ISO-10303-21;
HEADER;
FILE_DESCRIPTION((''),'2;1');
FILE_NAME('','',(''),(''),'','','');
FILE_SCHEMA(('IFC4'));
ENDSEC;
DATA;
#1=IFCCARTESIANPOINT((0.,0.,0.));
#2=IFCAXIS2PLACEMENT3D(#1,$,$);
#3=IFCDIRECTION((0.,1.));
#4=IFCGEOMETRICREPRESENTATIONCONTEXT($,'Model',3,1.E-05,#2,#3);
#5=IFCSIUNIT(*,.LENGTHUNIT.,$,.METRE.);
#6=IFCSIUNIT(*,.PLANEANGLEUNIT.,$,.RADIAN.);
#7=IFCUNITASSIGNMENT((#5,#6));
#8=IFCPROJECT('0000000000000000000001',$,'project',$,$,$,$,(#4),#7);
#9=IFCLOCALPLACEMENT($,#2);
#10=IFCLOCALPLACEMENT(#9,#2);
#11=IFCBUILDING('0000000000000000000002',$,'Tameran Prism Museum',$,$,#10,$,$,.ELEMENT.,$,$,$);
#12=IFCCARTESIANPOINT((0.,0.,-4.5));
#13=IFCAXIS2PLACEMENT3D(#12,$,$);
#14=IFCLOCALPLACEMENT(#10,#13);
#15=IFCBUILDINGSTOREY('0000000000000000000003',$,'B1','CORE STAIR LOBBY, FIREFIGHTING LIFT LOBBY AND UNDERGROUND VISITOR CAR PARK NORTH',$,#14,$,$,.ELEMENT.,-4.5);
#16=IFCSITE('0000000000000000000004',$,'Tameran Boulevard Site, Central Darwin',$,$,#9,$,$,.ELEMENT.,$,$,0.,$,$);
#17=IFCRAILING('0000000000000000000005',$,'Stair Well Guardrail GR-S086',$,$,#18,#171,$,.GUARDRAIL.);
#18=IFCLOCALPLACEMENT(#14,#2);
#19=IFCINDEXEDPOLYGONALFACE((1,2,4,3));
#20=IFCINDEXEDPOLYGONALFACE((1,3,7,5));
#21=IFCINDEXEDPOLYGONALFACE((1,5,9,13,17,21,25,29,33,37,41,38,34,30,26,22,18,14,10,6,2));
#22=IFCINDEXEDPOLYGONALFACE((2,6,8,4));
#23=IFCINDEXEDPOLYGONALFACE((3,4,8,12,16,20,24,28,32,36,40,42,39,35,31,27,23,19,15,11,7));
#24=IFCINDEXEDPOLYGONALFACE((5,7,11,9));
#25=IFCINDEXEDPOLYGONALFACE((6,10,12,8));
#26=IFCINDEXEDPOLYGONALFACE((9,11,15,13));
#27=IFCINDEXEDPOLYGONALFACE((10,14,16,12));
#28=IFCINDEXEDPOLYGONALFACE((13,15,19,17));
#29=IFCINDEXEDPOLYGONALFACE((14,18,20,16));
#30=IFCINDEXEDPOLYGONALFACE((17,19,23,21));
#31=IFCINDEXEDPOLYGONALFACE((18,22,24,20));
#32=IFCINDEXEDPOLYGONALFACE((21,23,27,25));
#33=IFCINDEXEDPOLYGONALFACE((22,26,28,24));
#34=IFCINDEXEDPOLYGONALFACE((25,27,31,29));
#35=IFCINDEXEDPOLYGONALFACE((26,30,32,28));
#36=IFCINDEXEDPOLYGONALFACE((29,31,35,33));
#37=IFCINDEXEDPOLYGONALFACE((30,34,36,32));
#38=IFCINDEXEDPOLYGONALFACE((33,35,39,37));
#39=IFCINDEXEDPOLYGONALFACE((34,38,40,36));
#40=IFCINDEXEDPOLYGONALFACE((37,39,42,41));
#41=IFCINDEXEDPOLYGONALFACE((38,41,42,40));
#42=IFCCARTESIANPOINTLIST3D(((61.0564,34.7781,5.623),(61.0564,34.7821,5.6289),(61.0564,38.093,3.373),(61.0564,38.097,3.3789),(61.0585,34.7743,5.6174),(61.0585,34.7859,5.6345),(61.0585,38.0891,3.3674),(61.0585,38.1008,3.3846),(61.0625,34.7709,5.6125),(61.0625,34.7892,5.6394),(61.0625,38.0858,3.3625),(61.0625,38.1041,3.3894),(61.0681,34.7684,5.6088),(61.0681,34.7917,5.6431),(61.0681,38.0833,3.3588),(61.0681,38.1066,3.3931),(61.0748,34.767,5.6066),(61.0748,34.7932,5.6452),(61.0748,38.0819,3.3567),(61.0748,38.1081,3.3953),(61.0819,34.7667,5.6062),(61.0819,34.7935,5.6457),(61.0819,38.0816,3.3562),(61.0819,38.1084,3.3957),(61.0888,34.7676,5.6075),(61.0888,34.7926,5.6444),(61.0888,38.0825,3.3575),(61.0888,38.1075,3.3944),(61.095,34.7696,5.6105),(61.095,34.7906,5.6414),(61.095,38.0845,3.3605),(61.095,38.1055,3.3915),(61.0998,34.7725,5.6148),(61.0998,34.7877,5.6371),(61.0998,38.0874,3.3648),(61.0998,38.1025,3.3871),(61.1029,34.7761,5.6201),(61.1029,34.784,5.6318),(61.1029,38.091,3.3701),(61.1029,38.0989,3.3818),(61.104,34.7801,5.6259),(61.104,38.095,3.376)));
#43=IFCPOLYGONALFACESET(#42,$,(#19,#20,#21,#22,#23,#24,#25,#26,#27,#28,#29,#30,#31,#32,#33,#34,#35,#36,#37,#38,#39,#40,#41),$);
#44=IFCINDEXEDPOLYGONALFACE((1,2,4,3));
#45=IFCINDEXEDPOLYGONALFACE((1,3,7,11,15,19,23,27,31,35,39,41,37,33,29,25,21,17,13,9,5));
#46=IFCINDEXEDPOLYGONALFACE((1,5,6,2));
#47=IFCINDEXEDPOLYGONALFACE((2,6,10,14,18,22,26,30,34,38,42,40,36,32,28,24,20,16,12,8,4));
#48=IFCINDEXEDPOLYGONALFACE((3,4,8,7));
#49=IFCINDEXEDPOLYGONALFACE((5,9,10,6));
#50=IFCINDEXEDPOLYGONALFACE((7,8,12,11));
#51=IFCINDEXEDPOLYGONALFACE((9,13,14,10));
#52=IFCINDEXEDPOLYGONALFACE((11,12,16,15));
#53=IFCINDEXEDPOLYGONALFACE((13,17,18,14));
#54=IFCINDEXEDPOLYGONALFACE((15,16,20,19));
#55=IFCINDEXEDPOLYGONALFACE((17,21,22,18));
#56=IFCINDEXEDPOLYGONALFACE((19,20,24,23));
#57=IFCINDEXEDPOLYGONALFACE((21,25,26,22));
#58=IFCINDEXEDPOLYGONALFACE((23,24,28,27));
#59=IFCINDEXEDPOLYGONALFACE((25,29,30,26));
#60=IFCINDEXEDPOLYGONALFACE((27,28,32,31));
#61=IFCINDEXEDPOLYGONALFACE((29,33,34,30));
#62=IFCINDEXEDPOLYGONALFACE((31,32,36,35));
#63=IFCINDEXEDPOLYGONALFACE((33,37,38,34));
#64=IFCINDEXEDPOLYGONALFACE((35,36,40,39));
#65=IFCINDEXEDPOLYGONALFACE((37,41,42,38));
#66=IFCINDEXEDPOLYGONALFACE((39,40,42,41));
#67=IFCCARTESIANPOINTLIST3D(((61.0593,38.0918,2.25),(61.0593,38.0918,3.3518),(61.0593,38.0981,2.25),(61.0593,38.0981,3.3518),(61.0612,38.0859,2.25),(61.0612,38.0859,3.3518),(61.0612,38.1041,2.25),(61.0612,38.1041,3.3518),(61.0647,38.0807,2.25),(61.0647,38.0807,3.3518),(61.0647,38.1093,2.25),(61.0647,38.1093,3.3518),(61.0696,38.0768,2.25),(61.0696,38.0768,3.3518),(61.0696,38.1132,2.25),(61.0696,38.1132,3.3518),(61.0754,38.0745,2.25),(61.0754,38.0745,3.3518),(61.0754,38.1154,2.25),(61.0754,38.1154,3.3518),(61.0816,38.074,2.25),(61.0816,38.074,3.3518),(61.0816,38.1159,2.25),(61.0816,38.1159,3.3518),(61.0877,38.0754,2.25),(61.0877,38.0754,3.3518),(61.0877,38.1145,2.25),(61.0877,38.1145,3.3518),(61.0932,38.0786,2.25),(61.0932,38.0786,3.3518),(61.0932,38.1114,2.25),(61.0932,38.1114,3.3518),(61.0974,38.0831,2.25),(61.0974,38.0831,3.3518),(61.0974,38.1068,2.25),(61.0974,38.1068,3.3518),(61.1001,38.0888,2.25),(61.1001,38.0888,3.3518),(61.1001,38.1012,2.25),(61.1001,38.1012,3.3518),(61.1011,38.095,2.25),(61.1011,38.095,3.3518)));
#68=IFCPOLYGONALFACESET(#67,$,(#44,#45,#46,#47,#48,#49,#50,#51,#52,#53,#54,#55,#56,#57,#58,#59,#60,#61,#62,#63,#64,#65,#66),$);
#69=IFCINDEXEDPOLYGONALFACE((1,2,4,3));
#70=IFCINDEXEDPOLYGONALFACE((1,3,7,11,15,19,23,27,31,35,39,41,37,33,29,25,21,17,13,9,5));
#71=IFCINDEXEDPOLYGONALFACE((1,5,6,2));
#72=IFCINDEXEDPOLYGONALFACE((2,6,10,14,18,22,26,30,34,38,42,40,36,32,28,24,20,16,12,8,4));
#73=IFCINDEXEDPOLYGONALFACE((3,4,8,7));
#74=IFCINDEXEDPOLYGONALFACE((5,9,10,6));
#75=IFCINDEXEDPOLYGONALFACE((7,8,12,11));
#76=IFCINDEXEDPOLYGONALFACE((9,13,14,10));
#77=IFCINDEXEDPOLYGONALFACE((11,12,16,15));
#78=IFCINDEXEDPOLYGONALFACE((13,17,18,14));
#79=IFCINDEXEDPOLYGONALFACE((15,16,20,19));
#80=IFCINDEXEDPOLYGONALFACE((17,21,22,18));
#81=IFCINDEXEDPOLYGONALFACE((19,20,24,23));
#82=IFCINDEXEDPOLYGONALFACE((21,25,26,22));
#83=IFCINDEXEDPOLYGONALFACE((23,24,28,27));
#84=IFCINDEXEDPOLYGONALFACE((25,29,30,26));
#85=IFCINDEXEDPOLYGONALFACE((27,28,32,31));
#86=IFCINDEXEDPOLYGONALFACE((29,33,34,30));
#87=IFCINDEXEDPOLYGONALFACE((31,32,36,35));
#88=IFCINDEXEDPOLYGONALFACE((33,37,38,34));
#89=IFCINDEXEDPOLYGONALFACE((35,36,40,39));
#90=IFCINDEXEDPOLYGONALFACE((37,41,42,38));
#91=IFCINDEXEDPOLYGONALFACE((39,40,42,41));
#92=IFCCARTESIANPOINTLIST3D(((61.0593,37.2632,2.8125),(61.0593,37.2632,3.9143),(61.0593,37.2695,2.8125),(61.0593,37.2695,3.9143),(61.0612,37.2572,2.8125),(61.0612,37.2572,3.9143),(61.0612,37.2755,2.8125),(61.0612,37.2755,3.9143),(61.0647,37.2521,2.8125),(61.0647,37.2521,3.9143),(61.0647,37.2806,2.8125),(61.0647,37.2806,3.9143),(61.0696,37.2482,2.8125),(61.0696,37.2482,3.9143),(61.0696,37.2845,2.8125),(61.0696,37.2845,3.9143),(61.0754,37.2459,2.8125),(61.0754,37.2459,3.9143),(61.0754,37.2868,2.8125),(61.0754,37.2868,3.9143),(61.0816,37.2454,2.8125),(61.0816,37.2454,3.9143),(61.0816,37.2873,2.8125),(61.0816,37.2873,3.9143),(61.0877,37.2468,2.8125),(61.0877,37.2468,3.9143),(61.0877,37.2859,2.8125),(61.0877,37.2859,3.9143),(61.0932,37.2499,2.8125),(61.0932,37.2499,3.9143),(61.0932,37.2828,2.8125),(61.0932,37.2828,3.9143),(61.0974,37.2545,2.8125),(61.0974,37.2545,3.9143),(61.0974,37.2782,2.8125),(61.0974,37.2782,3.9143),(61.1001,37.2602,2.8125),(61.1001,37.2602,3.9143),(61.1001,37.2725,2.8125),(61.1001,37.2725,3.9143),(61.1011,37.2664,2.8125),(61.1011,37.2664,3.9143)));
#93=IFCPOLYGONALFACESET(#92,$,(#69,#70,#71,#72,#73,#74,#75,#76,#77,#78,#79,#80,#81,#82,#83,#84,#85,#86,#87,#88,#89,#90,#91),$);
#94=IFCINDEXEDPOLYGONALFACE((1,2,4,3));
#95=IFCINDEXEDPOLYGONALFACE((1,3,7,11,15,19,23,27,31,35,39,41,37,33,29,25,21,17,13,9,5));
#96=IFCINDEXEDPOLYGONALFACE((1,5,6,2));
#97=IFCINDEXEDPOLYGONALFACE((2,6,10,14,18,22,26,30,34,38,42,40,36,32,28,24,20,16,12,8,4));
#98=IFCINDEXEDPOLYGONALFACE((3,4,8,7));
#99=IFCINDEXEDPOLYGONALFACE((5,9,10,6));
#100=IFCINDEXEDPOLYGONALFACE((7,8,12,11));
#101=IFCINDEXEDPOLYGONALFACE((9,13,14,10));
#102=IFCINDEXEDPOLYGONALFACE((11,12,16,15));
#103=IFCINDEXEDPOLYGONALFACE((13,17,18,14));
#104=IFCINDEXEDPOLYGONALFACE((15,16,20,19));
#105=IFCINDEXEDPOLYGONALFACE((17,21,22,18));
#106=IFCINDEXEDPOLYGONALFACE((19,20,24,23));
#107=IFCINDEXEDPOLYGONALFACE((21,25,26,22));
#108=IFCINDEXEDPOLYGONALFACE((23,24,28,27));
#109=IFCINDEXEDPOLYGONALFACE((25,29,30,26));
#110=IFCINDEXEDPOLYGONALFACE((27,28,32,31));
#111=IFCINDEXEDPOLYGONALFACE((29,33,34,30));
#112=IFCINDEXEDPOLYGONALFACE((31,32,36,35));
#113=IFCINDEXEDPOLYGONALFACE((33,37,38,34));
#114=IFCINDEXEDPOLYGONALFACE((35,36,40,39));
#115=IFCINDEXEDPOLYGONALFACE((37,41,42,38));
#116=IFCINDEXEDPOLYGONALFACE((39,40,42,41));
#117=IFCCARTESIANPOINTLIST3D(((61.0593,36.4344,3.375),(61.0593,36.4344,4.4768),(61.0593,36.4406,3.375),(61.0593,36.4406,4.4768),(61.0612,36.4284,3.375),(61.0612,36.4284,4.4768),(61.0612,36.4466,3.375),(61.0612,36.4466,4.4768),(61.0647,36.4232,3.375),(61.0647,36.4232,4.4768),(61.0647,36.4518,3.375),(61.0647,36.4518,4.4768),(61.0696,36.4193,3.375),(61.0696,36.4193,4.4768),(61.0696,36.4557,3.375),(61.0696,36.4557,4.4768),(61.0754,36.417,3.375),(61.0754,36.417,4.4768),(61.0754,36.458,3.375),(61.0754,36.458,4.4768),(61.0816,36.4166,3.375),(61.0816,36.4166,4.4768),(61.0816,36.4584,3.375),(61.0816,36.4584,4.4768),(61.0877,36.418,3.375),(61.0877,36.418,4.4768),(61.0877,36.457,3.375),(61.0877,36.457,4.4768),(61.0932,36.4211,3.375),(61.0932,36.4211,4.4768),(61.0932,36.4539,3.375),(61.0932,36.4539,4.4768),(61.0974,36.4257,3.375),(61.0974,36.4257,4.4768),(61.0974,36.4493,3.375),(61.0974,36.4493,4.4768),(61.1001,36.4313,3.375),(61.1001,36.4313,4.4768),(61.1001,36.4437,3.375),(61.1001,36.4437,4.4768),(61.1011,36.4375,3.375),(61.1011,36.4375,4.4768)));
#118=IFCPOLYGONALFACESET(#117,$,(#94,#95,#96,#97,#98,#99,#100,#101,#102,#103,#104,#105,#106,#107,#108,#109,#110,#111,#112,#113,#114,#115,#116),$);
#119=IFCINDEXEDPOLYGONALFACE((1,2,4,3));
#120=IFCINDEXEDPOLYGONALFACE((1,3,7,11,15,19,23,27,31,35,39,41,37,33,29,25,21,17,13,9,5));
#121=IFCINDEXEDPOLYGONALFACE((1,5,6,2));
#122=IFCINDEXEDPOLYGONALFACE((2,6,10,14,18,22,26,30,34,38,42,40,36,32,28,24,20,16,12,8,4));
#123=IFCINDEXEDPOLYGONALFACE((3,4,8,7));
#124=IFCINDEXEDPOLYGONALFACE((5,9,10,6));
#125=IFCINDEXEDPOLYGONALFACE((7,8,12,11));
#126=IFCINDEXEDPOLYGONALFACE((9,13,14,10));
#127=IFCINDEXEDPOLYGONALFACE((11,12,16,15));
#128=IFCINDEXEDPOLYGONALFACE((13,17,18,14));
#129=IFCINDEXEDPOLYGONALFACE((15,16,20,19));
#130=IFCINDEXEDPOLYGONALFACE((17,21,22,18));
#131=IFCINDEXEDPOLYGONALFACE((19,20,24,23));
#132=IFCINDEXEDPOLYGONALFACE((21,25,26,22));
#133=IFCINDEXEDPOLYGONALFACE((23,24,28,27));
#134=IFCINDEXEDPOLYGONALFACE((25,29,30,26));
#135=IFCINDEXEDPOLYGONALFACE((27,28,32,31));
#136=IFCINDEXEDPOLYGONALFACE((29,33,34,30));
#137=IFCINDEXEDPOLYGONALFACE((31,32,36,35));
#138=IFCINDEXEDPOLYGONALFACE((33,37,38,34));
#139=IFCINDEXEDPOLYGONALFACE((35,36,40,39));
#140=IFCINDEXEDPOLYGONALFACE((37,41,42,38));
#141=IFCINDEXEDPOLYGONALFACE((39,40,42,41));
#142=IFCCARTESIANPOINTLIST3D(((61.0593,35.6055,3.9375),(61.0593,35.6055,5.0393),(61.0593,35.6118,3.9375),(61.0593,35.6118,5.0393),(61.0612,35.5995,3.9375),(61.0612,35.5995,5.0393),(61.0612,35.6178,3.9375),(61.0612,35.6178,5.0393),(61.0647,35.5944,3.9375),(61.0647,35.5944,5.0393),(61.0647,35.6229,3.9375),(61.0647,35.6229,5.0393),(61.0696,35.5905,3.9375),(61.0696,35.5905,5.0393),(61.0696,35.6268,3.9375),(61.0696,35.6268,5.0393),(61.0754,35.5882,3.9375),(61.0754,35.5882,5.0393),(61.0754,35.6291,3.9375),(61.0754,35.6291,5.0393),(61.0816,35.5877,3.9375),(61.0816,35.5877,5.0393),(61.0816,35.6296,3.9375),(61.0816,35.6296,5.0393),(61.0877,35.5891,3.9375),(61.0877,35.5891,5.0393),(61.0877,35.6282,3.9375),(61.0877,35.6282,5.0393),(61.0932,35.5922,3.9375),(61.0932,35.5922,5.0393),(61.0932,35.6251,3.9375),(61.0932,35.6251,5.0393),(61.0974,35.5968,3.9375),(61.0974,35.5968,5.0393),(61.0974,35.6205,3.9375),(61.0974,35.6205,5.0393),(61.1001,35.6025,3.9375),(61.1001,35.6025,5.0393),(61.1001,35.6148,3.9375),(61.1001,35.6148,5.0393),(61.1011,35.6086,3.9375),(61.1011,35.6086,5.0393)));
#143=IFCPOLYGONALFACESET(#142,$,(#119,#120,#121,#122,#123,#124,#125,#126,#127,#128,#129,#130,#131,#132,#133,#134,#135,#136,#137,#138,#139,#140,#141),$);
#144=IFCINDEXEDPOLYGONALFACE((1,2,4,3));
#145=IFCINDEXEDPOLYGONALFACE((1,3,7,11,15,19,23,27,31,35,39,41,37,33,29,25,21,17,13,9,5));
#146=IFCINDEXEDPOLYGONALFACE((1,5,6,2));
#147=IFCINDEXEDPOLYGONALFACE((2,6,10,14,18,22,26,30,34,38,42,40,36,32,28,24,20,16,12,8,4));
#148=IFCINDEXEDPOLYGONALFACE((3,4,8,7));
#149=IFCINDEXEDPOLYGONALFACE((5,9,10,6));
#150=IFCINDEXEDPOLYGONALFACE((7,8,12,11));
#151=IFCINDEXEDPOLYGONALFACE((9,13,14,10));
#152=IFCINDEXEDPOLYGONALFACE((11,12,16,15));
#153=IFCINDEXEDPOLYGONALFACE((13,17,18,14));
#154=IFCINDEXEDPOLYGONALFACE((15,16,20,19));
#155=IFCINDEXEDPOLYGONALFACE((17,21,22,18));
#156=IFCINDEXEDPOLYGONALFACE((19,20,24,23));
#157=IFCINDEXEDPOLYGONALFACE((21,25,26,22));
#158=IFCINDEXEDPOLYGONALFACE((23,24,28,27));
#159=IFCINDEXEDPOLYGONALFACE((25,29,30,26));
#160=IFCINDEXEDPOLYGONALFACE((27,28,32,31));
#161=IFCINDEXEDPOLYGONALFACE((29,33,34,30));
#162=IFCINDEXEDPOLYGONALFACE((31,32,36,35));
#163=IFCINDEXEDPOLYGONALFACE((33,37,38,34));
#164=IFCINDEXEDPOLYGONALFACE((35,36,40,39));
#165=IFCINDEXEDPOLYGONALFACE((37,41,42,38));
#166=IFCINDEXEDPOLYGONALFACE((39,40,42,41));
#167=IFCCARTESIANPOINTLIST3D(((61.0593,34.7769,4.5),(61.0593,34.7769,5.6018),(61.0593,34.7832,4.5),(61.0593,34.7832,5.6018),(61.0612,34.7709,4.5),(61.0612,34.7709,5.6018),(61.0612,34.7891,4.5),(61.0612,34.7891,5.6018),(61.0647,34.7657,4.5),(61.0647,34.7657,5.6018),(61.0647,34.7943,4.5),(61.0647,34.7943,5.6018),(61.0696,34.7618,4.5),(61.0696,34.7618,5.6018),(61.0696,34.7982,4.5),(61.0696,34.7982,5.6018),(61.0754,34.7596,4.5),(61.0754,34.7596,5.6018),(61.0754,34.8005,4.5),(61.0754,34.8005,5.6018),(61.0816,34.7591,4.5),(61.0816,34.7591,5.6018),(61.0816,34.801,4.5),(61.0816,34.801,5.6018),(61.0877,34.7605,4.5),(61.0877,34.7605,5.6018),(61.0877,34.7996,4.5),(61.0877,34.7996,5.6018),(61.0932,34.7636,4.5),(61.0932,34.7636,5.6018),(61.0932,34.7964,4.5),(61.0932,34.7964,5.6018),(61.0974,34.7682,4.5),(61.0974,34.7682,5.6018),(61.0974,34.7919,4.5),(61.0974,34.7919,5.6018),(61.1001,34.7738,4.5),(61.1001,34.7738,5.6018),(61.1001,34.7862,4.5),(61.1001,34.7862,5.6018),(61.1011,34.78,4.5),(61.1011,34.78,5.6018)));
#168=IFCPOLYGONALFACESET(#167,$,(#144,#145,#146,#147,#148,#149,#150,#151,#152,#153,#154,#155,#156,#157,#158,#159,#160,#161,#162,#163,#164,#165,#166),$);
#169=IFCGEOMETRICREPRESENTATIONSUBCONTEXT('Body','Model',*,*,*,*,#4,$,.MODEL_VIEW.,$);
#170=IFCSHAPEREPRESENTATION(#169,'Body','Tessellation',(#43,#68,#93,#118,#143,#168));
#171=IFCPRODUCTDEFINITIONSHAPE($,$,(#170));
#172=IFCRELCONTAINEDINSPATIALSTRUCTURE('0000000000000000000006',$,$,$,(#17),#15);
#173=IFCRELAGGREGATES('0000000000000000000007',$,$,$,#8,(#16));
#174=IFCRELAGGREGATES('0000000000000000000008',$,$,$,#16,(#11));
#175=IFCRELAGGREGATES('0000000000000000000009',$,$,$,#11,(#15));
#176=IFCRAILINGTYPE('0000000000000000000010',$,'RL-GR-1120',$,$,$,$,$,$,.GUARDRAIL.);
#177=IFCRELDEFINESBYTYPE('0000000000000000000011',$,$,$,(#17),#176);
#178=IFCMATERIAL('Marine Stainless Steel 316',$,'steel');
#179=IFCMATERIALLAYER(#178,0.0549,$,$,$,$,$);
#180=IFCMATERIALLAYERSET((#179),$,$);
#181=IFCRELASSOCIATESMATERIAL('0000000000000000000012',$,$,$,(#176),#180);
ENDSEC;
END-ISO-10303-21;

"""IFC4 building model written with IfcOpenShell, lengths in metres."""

from ifc_helpers import new_model, si_unit, direction, frame, origin, origin_2d, place, context, subcontext, project, spatial, circle, extrude, material, layer, layer_set, type_object, element, save


model = new_model("IFC4")

# Units and contexts
model_context = context("Model", 3, precision=1e-05, world=origin(), true_north=direction((0.0, 1.0)))
body_context = subcontext(model_context, "Body", "Model", "MODEL_VIEW")
ifc_project = project(units=[si_unit("LENGTHUNIT", "METRE"), si_unit("PLANEANGLEUNIT", "RADIAN")], contexts=[model_context])

# Site, building, storey
site_placement = place(None, origin())
site = spatial("IfcSite", under=ifc_project, at=site_placement, Name="Tameran Boulevard Site, Central Darwin", CompositionType="ELEMENT", RefElevation=0.0)
building_placement = place(site_placement, origin())
building = spatial("IfcBuilding", under=site, at=building_placement, Name="Tameran Prism Museum", CompositionType="ELEMENT")
storey_placement = place(building_placement, frame((0.0, 0.0, -4.5)))
storey = spatial("IfcBuildingStorey", under=building, at=storey_placement, Name="B1", Description="CORE STAIR LOBBY, FIREFIGHTING LIFT LOBBY AND UNDERGROUND VISITOR CAR PARK NORTH", CompositionType="ELEMENT", Elevation=-4.5)

# Railing
ifc_material_1 = material(Name="Marine Stainless Steel 316", Category="steel")
ifc_layer_1 = layer(ifc_material_1, 0.0549)
ifc_layer_set_1 = layer_set([ifc_layer_1])
railing_type_1 = type_object("IfcRailingType", Name="RL-GR-1120", PredefinedType="GUARDRAIL", material=ifc_layer_set_1)
railing_1_placement = place(storey_placement, frame((61.0801, 38.095, 2.25)))
element("IfcRailing", 1, at=railing_1_placement, inside=storey, type_object=railing_type_1, Name="Stair Well Guardrail GR-S086", PredefinedType="GUARDRAIL", context=body_context, shape_type="SweptSolid", body=[
    extrude(circle(Radius=0.0239, at=origin_2d()), frame((0.0, 0.0, 1.126), z_axis=(0.0, -0.827409, 0.5616), x_axis=(1.0, 0.0, 0.0)), (0.0, 0.0, 1.0), 4.0063),
    extrude(circle(Radius=0.021, at=origin_2d()), origin(), (0.0, 0.0, 1.0), 1.1018),
    extrude(circle(Radius=0.021, at=origin_2d()), frame((0.0, -0.8286, 0.5625)), (0.0, 0.0, 1.0), 1.1018),
    extrude(circle(Radius=0.021, at=origin_2d()), frame((0.0, -1.6575, 1.125)), (0.0, 0.0, 1.0), 1.1018),
    extrude(circle(Radius=0.021, at=origin_2d()), frame((0.0, -2.4863, 1.6875)), (0.0, 0.0, 1.0), 1.1018),
    extrude(circle(Radius=0.021, at=origin_2d()), frame((0.0, -3.3149, 2.25)), (0.0, 0.0, 1.0), 1.1018),
])

save(model, "model.ifc")
